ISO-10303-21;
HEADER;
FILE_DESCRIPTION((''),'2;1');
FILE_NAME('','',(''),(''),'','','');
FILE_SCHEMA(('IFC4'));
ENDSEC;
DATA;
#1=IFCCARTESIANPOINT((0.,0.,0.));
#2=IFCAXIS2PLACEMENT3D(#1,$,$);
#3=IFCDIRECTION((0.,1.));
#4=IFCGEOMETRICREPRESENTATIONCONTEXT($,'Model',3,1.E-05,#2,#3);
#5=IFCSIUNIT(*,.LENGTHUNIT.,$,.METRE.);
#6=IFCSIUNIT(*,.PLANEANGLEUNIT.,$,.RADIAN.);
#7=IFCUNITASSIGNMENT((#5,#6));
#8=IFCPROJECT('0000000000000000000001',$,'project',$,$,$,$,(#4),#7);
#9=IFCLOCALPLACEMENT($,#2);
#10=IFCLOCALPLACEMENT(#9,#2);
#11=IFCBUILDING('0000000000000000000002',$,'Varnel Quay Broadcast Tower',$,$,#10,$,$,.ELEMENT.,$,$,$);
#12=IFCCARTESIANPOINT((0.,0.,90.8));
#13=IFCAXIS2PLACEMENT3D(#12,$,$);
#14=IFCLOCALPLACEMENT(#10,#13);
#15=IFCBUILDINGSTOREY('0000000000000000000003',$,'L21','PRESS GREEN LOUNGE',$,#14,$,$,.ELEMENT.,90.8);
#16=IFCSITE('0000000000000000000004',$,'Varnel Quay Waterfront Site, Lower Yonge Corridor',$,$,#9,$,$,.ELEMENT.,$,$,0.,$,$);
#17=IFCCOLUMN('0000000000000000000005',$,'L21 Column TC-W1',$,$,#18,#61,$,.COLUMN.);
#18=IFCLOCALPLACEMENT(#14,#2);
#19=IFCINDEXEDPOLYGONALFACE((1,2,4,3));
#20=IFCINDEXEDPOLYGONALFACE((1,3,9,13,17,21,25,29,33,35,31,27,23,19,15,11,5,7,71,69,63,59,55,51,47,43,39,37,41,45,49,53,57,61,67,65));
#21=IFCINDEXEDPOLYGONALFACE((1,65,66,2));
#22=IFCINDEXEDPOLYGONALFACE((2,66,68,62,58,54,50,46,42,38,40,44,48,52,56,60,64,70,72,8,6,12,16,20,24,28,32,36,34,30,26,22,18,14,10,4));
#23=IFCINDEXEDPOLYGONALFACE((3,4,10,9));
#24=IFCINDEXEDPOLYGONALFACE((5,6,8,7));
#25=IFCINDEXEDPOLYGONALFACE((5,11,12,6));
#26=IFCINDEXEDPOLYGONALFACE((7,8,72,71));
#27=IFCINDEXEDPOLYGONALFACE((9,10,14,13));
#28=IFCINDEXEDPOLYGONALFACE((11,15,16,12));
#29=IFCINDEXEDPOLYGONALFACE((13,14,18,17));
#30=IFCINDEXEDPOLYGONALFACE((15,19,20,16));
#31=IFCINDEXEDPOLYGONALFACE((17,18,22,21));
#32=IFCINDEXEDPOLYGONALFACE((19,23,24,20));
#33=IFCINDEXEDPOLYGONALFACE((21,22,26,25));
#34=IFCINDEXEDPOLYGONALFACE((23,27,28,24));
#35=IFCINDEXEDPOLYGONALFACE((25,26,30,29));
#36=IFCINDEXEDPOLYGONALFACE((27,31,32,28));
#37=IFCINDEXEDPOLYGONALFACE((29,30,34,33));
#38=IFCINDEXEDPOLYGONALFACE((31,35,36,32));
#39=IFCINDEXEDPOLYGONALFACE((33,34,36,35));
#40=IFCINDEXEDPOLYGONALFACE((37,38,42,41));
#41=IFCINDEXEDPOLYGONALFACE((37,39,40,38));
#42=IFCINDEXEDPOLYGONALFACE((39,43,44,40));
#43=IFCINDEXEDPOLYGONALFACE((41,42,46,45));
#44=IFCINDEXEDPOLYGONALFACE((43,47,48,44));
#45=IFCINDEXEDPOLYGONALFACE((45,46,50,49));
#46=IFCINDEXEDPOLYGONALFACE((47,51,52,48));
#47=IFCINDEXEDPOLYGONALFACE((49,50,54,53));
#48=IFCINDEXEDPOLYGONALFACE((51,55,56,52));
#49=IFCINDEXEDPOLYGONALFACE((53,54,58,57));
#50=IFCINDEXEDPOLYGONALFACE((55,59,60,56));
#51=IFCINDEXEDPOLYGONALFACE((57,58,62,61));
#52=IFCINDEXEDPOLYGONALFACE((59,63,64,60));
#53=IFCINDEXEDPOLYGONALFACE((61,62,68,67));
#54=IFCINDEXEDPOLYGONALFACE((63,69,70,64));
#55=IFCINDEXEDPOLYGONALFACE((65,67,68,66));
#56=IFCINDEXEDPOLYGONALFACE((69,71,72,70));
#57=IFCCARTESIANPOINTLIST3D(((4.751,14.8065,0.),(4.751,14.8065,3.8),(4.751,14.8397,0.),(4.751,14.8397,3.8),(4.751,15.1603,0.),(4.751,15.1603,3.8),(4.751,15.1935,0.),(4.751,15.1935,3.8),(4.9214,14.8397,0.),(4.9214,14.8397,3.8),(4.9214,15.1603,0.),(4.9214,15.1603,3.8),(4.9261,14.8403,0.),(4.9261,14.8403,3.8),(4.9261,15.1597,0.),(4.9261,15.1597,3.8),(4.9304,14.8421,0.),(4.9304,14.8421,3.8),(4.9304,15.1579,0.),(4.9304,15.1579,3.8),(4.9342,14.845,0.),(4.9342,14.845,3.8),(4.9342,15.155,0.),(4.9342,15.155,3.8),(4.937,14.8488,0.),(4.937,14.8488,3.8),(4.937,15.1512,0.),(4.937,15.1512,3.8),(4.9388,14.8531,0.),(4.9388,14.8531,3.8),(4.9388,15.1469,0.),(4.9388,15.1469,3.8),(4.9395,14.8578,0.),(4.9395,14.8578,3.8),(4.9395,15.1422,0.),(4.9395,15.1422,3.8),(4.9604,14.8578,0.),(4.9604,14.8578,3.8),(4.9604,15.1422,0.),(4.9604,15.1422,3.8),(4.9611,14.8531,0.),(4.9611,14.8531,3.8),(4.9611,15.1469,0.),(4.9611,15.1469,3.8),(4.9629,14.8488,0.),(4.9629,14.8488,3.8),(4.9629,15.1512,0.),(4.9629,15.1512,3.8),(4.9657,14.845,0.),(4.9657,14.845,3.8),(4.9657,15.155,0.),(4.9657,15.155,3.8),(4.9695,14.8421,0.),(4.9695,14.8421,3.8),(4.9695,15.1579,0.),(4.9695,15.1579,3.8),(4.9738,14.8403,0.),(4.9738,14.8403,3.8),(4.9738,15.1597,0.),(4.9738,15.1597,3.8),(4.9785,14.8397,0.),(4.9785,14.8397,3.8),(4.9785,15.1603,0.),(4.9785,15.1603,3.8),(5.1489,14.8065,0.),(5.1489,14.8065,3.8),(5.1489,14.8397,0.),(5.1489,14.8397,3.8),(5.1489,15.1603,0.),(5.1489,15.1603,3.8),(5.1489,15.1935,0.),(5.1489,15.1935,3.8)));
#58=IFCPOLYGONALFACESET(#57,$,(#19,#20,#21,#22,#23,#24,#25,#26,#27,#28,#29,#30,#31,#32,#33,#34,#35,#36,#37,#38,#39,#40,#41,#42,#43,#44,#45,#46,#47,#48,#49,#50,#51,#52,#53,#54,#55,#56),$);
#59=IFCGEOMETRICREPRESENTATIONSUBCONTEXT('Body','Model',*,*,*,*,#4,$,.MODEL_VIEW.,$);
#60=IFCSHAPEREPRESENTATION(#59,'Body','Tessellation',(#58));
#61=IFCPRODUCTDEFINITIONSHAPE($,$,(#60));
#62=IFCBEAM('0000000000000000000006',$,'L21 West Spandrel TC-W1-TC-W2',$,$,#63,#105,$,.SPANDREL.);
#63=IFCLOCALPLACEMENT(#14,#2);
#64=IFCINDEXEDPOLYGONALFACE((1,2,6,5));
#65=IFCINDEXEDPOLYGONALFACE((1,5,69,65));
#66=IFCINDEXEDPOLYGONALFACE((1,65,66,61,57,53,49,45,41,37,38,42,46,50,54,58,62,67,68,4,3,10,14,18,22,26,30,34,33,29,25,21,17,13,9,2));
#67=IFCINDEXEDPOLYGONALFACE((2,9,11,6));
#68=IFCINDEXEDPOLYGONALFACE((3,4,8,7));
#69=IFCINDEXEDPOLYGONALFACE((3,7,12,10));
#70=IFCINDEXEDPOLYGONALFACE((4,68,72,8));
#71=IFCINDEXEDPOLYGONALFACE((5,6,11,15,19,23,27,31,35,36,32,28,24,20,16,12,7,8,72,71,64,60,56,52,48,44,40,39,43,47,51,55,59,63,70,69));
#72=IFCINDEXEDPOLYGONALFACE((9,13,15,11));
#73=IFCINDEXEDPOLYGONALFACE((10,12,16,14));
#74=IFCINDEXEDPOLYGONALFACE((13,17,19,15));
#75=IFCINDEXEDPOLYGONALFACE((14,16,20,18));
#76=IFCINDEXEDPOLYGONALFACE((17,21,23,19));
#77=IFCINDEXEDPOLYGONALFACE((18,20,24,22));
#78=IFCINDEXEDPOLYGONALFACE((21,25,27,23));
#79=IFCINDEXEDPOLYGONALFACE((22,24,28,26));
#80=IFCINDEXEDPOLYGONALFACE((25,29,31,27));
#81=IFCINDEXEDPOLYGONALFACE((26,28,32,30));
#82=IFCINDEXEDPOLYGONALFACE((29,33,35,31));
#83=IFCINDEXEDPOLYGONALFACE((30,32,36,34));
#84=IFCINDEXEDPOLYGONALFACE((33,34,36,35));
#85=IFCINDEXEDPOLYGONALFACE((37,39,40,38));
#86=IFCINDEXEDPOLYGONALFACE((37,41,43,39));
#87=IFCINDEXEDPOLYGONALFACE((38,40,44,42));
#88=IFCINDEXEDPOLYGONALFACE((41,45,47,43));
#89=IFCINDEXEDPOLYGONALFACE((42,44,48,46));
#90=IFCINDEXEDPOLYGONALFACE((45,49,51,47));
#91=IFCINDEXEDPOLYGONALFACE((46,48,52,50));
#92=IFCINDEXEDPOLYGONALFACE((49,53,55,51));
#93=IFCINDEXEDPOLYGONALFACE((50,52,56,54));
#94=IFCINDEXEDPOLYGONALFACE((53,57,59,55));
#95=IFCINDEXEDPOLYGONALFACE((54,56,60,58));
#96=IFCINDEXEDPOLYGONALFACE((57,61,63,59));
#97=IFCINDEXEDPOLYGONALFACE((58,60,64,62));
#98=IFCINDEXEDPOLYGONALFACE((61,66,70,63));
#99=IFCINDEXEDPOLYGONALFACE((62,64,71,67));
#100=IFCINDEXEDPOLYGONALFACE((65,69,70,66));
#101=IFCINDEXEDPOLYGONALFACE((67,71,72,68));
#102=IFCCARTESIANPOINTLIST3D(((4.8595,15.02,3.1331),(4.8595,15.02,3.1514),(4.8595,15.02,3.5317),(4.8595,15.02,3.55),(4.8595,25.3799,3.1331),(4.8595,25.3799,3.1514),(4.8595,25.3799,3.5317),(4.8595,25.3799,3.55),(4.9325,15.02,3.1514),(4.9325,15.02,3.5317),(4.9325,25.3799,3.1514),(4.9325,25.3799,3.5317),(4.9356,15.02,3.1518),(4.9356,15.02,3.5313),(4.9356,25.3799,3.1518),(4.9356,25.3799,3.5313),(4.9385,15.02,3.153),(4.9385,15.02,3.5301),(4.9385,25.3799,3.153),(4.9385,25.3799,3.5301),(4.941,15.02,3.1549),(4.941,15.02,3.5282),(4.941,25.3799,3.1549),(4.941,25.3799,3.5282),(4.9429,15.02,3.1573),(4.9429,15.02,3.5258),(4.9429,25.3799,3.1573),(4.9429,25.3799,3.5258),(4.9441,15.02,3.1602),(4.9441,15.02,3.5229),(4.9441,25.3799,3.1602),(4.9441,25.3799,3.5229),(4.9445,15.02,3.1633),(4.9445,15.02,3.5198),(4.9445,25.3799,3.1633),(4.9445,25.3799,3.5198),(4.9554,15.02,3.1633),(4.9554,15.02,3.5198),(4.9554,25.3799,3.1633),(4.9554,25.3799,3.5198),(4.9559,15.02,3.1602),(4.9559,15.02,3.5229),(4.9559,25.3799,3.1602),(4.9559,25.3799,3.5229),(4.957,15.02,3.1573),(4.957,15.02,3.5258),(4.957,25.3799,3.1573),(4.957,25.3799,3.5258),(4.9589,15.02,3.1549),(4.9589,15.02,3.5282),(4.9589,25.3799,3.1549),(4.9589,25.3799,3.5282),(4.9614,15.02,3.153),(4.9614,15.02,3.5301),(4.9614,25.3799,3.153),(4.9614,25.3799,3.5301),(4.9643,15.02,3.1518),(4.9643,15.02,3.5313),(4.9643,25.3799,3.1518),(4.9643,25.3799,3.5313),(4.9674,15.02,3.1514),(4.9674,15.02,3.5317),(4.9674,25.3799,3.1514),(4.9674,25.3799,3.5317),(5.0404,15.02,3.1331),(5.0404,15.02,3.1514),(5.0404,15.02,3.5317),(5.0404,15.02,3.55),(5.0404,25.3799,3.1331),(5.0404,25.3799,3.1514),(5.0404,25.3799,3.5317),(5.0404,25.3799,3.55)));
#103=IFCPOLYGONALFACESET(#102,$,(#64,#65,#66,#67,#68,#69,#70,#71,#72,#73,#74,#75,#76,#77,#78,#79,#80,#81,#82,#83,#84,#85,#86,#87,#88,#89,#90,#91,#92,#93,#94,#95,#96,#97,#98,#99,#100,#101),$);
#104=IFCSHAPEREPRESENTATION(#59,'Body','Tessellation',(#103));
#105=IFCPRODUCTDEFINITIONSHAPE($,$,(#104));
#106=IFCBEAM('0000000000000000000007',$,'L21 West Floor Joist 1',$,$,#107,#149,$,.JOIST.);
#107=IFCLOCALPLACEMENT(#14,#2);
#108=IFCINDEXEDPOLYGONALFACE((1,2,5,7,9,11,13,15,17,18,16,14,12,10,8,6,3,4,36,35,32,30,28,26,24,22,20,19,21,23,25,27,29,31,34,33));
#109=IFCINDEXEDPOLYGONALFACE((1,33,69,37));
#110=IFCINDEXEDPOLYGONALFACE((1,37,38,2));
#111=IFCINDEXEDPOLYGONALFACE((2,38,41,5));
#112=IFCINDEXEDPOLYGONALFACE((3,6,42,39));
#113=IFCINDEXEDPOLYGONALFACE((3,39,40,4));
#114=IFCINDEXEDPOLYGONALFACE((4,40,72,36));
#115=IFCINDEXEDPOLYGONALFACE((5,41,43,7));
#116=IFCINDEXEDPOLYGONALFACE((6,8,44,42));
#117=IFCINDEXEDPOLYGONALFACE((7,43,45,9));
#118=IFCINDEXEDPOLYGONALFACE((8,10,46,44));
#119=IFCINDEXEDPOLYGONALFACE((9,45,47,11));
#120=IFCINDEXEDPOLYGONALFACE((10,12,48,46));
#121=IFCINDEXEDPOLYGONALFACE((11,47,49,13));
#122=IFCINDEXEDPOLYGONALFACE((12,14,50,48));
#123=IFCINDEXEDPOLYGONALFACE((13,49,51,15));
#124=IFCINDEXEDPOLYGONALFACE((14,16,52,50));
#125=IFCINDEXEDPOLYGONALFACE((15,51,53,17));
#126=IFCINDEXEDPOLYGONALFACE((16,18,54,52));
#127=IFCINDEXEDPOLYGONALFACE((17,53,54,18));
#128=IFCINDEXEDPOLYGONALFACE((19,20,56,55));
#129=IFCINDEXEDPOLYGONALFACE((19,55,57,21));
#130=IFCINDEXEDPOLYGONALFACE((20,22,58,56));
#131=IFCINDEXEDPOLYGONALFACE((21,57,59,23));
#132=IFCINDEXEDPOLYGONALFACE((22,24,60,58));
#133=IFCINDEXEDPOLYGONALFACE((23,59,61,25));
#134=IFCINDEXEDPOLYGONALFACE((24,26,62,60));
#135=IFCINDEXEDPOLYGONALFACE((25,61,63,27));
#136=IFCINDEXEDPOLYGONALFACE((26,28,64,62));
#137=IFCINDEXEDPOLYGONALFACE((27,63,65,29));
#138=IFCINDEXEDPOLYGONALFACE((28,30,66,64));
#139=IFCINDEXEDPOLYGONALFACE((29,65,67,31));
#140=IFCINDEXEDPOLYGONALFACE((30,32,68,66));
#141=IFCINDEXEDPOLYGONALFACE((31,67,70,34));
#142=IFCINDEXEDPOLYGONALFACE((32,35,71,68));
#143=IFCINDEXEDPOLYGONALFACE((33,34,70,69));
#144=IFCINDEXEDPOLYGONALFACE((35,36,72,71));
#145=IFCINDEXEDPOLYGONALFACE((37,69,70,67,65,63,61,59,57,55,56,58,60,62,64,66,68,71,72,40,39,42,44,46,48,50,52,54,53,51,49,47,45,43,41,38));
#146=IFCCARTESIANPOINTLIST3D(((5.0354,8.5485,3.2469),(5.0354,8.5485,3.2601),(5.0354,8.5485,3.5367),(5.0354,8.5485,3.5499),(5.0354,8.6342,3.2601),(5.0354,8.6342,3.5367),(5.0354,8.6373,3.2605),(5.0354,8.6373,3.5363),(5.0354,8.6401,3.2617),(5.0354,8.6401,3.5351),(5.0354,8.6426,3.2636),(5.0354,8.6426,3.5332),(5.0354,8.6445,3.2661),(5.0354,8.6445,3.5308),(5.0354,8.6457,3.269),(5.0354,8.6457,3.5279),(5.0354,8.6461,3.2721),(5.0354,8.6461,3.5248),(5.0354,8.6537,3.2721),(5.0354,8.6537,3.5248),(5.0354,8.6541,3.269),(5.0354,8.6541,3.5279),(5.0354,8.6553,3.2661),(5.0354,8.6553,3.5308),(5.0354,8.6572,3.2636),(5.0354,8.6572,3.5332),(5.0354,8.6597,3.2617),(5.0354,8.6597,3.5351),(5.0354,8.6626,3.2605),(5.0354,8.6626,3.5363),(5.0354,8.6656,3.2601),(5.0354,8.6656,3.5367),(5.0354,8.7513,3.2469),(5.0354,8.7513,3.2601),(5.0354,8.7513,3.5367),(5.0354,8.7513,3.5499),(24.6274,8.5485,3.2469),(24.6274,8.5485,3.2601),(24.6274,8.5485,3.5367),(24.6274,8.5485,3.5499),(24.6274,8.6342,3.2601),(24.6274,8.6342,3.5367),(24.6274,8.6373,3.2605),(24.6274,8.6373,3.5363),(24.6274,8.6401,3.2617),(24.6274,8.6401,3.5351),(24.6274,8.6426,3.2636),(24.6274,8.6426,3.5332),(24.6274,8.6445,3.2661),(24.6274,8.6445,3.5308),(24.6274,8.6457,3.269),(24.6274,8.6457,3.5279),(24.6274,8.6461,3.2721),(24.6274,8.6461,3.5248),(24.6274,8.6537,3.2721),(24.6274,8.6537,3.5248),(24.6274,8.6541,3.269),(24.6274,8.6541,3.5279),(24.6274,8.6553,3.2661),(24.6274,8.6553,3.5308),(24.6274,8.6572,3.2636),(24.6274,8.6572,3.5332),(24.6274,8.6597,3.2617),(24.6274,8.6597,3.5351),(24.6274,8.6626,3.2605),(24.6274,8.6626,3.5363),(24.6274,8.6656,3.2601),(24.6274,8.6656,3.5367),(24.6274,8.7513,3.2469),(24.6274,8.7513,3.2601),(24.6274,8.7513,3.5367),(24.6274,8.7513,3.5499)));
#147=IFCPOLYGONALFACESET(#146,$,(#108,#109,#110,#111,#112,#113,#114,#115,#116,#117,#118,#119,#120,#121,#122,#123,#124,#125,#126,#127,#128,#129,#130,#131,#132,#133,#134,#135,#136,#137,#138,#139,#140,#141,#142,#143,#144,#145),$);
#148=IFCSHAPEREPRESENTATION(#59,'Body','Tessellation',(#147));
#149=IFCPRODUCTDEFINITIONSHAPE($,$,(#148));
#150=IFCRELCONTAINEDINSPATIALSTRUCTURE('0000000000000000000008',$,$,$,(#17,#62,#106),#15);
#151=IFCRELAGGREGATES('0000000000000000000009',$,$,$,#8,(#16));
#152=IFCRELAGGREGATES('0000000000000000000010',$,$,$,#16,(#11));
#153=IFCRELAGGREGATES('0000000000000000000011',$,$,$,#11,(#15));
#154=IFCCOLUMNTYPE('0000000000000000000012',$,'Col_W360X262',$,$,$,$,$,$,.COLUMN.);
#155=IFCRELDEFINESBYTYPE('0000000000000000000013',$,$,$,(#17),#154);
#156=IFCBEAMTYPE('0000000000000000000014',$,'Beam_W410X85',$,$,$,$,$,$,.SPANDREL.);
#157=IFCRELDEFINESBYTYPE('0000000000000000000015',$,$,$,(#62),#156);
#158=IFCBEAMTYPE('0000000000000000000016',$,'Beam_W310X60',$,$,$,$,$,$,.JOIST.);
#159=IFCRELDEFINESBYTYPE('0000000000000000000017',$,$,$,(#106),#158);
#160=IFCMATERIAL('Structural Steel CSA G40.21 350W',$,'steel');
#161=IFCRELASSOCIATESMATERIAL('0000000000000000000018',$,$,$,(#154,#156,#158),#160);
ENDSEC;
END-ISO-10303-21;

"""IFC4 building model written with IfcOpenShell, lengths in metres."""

from ifc_helpers import new_model, si_unit, direction, frame, origin, origin_2d, place, context, subcontext, project, spatial, i_section, extrude, source, transform, mapped, material, material_profile, profile_set, type_object, type_shapes, element, save


model = new_model("IFC4")

# Units and contexts
model_context = context("Model", 3, precision=1e-05, world=origin(), true_north=direction((0.0, 1.0)))
body_context = subcontext(model_context, "Body", "Model", "MODEL_VIEW")
ifc_project = project(units=[si_unit("LENGTHUNIT", "METRE"), si_unit("PLANEANGLEUNIT", "RADIAN")], contexts=[model_context])

# Site, building, storey
site_placement = place(None, origin())
site = spatial("IfcSite", under=ifc_project, at=site_placement, Name="Varnel Quay Waterfront Site, Lower Yonge Corridor", CompositionType="ELEMENT", RefElevation=0.0)
building_placement = place(site_placement, origin())
building = spatial("IfcBuilding", under=site, at=building_placement, Name="Varnel Quay Broadcast Tower", CompositionType="ELEMENT")
storey_placement = place(building_placement, frame((0.0, 0.0, 90.8)))
storey = spatial("IfcBuildingStorey", under=building, at=storey_placement, Name="L21", Description="PRESS GREEN LOUNGE", CompositionType="ELEMENT", Elevation=90.8)

# Column
ifc_material_1 = material(Name="Structural Steel CSA G40.21 350W", Category="steel")
ifc_material_profile_1 = material_profile(ifc_material_1, i_section(OverallWidth=0.3979, OverallDepth=0.387, WebThickness=0.021, FlangeThickness=0.0332, FilletRadius=0.0181, at=origin_2d()), Name="W360X262")
ifc_profile_set_1 = profile_set([ifc_material_profile_1], Name="Structural Steel CSA G40.21 350W")
column_type = type_object("IfcColumnType", Name="Col_W360X262", PredefinedType="COLUMN", material=ifc_profile_set_1)
shared_shape_1 = source(origin(), body_context, "Body", "SweptSolid", [
    extrude(i_section(OverallWidth=0.3979, OverallDepth=0.387, WebThickness=0.021, FlangeThickness=0.0332, FilletRadius=0.0181, at=origin_2d()), origin(), (0.0, 0.0, 1.0), 3.8),
])
type_shapes(column_type, [shared_shape_1])
column_placement = place(storey_placement, frame((4.95, 15.0, 0.0), z_axis=(0.0, 0.0, 1.0), x_axis=(1.0, 0.0, 0.0)))
element("IfcColumn", 1, at=column_placement, inside=storey, type_object=column_type, Name="L21 Column TC-W1", PredefinedType="COLUMN", context=body_context, shape_type="MappedRepresentation", body=[
    mapped(shared_shape_1, transform((0.0, 0.0, 0.0), x_axis=(1.0, 0.0, 0.0), y_axis=(0.0, 1.0, 0.0), z_axis=(0.0, 0.0, 1.0), scale=1.0)),
])

# Beams
ifc_material_profile_2 = material_profile(ifc_material_1, i_section(OverallWidth=0.1809, OverallDepth=0.417, WebThickness=0.011, FlangeThickness=0.0183, FilletRadius=0.012, at=origin_2d()), Name="W410X85")
ifc_profile_set_2 = profile_set([ifc_material_profile_2], Name="Structural Steel CSA G40.21 350W")
beam_type_1 = type_object("IfcBeamType", Name="Beam_W410X85", PredefinedType="SPANDREL", material=ifc_profile_set_2)
shared_shape_2 = source(origin(), body_context, "Body", "SweptSolid", [
    extrude(i_section(OverallWidth=0.1809, OverallDepth=0.417, WebThickness=0.011, FlangeThickness=0.0183, FilletRadius=0.012, at=origin_2d()), origin(), (0.0, 0.0, 1.0), 10.3599),
])
type_shapes(beam_type_1, [shared_shape_2])
beam_1_placement = place(storey_placement, frame((4.95, 15.02, 3.3416), z_axis=(0.0, 1.0, 0.0), x_axis=(-1.0, 0.0, 0.0)))
element("IfcBeam", 2, at=beam_1_placement, inside=storey, type_object=beam_type_1, Name="L21 West Spandrel TC-W1-TC-W2", PredefinedType="SPANDREL", context=body_context, shape_type="MappedRepresentation", body=[
    mapped(shared_shape_2, transform((0.0, 0.0, 0.0), x_axis=(1.0, 0.0, 0.0), y_axis=(0.0, 1.0, 0.0), z_axis=(0.0, 0.0, 1.0), scale=1.0)),
])
ifc_material_profile_3 = material_profile(ifc_material_1, i_section(OverallWidth=0.2029, OverallDepth=0.303, WebThickness=0.0076, FlangeThickness=0.0132, FilletRadius=0.012, at=origin_2d()), Name="W310X60")
ifc_profile_set_3 = profile_set([ifc_material_profile_3], Name="Structural Steel CSA G40.21 350W")
beam_type_2 = type_object("IfcBeamType", Name="Beam_W310X60", PredefinedType="JOIST", material=ifc_profile_set_3)
shared_shape_3 = source(origin(), body_context, "Body", "SweptSolid", [
    extrude(i_section(OverallWidth=0.2029, OverallDepth=0.303, WebThickness=0.0076, FlangeThickness=0.0132, FilletRadius=0.012, at=origin_2d()), origin(), (0.0, 0.0, 1.0), 19.592),
])
type_shapes(beam_type_2, [shared_shape_3])
beam_2_placement = place(storey_placement, frame((5.0354, 8.6499, 3.3984), z_axis=(1.0, 0.0, 0.0), x_axis=(0.0, 1.0, 0.0)))
element("IfcBeam", 3, at=beam_2_placement, inside=storey, type_object=beam_type_2, Name="L21 West Floor Joist 1", PredefinedType="JOIST", context=body_context, shape_type="MappedRepresentation", body=[
    mapped(shared_shape_3, transform((0.0, 0.0, 0.0), x_axis=(1.0, 0.0, 0.0), y_axis=(0.0, 1.0, 0.0), z_axis=(0.0, 0.0, 1.0), scale=1.0)),
])

save(model, "model.ifc")
